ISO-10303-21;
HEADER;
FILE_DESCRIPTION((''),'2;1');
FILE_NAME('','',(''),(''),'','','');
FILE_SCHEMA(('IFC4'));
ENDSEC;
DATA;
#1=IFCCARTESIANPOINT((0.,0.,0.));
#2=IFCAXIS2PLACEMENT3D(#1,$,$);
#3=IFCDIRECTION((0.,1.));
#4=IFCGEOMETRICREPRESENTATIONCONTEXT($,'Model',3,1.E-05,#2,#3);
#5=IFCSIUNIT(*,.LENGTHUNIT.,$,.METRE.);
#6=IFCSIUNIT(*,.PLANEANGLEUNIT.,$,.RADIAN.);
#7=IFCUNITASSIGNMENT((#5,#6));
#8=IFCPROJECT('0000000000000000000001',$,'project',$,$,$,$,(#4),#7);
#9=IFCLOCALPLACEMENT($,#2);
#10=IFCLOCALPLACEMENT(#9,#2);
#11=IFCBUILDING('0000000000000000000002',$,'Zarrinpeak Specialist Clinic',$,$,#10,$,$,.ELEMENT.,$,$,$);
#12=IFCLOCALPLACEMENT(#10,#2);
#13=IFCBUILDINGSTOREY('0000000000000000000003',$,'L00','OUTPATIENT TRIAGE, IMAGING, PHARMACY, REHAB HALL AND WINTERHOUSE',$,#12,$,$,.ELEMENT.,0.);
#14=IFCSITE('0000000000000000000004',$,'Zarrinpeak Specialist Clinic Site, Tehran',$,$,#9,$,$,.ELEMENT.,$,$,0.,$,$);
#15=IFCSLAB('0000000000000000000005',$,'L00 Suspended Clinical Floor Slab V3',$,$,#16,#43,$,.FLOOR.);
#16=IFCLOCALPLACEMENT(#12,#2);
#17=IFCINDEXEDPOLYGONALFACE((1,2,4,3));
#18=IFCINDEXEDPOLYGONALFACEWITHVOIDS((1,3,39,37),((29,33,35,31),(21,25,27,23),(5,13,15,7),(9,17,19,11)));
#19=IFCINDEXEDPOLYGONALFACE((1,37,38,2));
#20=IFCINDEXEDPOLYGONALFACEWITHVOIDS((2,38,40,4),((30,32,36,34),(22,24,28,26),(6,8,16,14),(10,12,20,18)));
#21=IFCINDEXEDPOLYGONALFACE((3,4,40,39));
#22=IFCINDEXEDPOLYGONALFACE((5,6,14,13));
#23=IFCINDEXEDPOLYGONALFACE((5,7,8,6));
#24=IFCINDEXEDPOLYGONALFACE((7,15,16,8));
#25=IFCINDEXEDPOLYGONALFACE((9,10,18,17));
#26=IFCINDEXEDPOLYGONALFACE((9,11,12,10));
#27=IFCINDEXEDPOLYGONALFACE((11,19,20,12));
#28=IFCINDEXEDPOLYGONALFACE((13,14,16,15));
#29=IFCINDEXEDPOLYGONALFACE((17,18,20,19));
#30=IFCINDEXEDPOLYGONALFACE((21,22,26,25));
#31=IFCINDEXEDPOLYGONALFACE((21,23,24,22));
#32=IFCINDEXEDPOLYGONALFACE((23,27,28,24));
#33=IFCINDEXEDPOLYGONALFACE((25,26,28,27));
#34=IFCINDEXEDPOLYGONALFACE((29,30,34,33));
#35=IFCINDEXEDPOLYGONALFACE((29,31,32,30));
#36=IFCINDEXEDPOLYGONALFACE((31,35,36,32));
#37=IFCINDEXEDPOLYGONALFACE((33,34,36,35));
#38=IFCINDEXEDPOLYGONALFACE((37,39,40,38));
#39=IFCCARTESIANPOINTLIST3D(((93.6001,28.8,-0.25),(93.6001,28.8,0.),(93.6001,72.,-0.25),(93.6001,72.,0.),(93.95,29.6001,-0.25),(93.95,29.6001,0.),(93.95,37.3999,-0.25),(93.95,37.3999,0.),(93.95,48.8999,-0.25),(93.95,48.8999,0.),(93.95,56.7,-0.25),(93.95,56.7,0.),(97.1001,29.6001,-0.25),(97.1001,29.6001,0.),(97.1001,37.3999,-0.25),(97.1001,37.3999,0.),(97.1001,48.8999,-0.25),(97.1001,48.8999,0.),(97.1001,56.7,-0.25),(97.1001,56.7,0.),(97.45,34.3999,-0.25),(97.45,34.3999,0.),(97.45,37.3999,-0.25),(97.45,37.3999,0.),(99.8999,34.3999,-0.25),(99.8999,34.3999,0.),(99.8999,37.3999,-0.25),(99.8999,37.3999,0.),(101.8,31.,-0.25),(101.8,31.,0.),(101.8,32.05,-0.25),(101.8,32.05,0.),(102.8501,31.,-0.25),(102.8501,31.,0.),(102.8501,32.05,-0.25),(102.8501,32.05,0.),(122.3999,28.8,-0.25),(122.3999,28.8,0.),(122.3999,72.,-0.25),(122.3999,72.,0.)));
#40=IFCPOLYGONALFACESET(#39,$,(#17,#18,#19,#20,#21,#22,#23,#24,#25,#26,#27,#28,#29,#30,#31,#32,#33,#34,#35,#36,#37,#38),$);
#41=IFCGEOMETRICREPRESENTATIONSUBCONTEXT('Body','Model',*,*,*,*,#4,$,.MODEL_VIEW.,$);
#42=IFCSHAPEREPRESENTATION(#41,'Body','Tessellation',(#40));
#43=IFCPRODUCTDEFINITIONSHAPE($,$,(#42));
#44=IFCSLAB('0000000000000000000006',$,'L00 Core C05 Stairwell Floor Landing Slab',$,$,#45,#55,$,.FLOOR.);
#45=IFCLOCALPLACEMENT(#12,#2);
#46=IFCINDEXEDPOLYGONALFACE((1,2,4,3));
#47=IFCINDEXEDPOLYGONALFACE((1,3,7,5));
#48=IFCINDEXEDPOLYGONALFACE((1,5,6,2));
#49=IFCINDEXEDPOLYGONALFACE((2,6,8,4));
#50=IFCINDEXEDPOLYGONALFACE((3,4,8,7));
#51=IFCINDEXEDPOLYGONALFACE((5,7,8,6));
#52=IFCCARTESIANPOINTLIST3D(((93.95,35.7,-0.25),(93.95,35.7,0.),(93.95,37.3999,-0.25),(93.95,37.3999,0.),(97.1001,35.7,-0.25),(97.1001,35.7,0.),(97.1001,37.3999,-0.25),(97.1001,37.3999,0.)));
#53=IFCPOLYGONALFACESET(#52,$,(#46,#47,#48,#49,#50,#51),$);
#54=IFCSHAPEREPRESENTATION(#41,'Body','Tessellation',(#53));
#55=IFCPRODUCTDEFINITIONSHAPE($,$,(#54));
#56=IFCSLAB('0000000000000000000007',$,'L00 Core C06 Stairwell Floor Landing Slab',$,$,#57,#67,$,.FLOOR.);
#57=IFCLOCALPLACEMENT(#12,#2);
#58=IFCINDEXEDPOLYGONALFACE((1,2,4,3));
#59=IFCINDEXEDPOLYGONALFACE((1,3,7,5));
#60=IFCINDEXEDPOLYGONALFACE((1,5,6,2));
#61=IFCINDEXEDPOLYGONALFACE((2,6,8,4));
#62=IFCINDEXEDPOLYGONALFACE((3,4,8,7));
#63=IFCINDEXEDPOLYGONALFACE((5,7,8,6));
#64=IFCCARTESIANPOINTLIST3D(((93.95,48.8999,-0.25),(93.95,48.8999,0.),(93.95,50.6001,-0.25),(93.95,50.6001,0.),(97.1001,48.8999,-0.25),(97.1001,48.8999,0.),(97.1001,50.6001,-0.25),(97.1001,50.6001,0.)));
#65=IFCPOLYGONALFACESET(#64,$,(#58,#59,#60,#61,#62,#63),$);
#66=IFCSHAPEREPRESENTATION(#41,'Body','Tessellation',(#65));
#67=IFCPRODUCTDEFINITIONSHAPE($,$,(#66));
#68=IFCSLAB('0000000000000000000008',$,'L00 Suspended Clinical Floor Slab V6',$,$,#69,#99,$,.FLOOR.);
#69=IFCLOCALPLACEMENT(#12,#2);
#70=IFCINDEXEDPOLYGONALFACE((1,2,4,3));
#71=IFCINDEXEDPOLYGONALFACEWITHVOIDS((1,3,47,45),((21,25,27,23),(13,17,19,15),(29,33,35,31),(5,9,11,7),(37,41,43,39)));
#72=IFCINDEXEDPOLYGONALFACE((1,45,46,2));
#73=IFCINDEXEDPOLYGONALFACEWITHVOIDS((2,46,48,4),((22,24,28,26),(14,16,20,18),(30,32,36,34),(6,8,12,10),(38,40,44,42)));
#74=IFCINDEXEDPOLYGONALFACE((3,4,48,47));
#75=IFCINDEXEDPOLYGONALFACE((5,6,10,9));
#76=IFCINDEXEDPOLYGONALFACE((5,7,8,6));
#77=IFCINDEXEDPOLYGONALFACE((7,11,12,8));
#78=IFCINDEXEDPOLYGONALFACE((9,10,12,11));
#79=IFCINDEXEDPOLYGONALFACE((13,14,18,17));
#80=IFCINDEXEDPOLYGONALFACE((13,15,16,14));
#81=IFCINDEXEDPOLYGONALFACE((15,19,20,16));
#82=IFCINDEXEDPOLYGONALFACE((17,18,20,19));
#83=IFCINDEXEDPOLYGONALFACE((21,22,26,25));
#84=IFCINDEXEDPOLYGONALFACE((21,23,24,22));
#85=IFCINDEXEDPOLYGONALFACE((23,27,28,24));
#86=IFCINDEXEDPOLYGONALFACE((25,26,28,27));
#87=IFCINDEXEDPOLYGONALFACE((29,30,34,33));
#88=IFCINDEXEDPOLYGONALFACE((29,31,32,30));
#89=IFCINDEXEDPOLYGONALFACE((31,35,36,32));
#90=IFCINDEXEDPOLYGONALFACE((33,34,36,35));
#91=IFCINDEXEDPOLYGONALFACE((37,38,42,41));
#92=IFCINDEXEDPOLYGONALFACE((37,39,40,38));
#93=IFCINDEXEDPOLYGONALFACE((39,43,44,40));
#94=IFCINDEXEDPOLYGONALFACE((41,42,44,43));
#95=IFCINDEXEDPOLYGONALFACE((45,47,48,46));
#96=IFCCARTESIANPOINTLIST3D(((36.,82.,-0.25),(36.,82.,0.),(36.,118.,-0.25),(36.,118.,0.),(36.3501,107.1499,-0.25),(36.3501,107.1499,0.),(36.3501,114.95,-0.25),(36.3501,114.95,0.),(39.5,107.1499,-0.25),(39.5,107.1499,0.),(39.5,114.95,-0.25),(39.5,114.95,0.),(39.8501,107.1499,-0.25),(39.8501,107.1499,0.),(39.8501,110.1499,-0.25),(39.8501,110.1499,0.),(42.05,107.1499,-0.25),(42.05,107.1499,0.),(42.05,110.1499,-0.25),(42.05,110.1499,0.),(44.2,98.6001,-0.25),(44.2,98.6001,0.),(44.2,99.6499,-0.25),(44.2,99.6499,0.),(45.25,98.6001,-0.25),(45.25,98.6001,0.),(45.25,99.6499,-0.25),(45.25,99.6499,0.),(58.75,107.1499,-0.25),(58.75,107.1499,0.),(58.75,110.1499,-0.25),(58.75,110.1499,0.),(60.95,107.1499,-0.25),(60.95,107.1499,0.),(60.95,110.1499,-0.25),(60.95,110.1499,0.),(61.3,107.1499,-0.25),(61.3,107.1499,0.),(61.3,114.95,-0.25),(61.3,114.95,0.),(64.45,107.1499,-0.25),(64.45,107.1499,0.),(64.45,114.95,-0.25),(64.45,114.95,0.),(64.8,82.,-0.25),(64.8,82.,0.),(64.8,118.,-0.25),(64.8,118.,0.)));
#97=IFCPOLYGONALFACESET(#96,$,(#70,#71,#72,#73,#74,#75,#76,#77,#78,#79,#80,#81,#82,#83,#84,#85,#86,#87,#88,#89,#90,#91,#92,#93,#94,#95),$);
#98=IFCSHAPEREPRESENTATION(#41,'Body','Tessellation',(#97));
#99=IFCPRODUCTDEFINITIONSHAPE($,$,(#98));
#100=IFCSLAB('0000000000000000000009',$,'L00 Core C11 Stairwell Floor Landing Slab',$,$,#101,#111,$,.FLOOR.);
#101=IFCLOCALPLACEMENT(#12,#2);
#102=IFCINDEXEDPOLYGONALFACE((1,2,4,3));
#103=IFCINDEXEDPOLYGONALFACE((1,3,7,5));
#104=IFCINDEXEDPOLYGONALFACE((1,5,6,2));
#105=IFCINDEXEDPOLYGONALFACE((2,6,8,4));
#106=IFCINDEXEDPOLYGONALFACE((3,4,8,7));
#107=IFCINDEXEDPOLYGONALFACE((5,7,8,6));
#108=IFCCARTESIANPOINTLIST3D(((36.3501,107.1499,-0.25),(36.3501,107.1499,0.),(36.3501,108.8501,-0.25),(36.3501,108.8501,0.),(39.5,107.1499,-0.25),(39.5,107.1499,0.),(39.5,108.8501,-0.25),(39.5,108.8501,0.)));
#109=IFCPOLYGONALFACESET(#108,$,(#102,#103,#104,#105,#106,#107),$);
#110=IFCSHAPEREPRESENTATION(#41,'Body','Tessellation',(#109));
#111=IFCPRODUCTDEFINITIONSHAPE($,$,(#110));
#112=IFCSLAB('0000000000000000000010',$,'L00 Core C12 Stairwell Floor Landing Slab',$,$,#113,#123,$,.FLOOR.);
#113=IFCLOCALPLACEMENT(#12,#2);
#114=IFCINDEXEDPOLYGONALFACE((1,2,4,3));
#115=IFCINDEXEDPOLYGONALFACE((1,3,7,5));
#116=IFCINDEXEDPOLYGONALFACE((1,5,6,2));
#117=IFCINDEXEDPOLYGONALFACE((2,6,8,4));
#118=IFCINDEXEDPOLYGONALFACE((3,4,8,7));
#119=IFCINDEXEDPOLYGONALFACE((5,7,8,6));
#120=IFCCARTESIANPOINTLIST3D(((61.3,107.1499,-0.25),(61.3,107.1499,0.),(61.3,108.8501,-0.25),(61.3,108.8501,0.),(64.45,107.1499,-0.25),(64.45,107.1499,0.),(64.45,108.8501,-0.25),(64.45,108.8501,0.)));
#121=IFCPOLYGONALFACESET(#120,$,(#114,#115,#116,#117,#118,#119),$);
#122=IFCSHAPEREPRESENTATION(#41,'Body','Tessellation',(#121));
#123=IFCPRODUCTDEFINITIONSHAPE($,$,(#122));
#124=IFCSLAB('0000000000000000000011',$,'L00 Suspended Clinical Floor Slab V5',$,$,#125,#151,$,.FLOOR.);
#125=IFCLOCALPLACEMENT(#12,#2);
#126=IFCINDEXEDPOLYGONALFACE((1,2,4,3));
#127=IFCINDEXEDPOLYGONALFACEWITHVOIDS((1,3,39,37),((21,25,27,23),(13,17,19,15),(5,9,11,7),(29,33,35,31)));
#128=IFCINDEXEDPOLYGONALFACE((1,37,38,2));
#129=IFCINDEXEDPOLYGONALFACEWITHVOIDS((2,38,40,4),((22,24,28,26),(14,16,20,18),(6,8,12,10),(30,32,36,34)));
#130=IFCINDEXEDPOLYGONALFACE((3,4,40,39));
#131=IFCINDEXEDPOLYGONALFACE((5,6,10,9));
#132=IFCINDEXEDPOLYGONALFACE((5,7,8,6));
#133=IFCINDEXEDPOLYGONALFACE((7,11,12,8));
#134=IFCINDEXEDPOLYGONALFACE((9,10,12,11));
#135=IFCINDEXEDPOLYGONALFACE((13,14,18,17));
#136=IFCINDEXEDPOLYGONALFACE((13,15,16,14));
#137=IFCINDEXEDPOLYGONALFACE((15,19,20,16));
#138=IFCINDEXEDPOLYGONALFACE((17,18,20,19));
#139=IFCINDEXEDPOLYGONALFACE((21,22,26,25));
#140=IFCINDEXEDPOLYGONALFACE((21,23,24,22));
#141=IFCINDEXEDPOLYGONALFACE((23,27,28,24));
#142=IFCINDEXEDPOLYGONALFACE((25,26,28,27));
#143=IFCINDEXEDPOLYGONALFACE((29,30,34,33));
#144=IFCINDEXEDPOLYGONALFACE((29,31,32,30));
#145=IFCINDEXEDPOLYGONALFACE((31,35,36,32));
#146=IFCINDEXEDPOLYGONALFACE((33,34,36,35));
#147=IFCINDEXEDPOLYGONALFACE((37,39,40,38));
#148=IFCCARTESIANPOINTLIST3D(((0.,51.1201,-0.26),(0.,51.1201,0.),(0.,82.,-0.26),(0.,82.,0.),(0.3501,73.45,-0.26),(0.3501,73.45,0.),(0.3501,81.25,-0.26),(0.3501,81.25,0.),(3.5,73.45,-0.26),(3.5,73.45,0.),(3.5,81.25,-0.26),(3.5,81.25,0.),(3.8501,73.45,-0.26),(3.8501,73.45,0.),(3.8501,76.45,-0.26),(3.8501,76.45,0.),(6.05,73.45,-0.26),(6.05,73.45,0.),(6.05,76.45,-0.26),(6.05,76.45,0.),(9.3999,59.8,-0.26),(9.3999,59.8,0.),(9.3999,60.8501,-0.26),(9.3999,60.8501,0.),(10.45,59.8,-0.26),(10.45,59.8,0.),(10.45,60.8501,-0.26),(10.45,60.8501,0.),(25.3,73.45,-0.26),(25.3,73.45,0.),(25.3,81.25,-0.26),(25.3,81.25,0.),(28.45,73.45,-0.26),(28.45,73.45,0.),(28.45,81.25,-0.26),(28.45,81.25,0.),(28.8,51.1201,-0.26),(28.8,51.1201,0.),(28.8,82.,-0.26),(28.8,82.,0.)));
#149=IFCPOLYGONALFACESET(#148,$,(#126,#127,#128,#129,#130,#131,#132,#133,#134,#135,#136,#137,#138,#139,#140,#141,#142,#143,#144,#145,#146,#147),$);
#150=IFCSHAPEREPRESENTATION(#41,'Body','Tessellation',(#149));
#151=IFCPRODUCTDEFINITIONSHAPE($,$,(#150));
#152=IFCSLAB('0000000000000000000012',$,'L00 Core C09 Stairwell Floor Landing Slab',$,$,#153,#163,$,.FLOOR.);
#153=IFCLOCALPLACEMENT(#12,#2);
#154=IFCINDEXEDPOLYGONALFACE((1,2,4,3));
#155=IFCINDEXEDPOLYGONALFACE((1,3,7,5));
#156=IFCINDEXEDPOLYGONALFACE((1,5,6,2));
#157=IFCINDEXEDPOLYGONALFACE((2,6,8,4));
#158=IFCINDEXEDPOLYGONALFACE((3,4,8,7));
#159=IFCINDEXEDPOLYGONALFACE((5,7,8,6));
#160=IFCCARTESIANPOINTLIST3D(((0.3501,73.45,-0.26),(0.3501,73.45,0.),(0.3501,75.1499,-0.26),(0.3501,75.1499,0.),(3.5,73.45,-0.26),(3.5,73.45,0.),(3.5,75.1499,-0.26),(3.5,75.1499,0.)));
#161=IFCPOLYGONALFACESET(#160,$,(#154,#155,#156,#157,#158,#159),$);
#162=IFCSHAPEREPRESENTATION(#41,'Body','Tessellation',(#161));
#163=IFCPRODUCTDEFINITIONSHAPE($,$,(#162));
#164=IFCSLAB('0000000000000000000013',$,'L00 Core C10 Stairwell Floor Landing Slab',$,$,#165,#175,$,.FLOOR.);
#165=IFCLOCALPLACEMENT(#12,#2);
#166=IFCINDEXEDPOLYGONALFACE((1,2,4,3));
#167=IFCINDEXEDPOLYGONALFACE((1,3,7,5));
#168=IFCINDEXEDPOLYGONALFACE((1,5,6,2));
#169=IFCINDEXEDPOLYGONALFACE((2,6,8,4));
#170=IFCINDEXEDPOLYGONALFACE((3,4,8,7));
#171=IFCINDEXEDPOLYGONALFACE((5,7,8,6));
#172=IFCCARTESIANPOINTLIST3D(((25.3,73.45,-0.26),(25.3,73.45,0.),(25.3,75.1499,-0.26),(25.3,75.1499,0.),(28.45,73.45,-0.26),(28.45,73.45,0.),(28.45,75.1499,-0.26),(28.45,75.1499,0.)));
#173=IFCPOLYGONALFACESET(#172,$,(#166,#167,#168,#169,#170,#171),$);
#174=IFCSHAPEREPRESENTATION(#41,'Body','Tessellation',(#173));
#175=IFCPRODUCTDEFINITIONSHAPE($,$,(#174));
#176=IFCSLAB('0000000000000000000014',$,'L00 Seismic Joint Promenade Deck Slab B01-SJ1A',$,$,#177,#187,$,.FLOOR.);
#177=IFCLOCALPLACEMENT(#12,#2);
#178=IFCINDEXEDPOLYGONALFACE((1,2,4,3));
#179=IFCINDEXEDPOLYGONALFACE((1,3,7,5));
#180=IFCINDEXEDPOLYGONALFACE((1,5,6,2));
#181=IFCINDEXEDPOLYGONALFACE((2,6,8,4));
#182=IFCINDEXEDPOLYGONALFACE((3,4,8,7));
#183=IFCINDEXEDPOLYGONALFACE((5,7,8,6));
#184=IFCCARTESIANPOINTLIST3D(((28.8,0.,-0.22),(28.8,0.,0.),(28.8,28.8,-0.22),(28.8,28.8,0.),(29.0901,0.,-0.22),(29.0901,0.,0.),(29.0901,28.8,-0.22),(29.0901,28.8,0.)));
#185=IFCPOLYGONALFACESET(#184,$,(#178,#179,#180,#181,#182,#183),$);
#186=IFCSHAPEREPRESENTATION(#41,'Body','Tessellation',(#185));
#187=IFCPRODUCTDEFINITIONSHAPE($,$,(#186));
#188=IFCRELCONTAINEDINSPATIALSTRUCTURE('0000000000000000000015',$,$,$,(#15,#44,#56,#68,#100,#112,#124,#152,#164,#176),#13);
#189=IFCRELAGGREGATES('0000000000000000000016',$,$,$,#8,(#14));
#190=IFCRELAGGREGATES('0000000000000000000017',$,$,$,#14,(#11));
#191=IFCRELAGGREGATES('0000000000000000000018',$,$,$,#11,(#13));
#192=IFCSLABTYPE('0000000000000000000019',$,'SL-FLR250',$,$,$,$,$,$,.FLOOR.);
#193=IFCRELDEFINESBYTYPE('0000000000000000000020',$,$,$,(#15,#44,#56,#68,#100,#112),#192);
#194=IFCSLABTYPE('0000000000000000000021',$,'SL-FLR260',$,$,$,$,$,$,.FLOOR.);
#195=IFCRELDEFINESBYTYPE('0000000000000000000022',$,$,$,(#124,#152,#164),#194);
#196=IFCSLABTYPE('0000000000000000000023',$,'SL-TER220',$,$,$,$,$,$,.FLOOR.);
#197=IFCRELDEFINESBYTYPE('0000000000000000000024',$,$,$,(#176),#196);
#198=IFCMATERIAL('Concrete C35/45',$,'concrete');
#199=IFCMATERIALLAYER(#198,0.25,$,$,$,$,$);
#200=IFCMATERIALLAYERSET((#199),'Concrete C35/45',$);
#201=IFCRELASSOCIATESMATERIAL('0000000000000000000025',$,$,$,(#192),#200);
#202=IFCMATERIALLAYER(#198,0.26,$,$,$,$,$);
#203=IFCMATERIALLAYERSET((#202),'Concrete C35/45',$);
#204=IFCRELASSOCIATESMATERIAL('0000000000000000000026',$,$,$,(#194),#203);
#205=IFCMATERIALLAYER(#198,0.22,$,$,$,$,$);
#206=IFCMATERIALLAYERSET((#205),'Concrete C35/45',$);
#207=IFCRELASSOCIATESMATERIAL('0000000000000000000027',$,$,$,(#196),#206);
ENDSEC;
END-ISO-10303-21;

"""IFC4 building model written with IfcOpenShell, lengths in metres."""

from ifc_helpers import new_model, si_unit, direction, frame, origin, place, context, subcontext, project, spatial, polyline, outline, extrude, material, layer, layer_set, type_object, element, save


model = new_model("IFC4")

# Units and contexts
model_context = context("Model", 3, precision=1e-05, world=origin(), true_north=direction((0.0, 1.0)))
body_context = subcontext(model_context, "Body", "Model", "MODEL_VIEW")
ifc_project = project(units=[si_unit("LENGTHUNIT", "METRE"), si_unit("PLANEANGLEUNIT", "RADIAN")], contexts=[model_context])

# Site, building, storey
site_placement = place(None, origin())
site = spatial("IfcSite", under=ifc_project, at=site_placement, Name="Zarrinpeak Specialist Clinic Site, Tehran", CompositionType="ELEMENT", RefElevation=0.0)
building_placement = place(site_placement, origin())
building = spatial("IfcBuilding", under=site, at=building_placement, Name="Zarrinpeak Specialist Clinic", CompositionType="ELEMENT")
storey_placement = place(building_placement, origin())
storey = spatial("IfcBuildingStorey", under=building, at=storey_placement, Name="L00", Description="OUTPATIENT TRIAGE, IMAGING, PHARMACY, REHAB HALL AND WINTERHOUSE", CompositionType="ELEMENT", Elevation=0.0)

# Slabs
ifc_material = material(Name="Concrete C35/45", Category="concrete")
ifc_layer_1 = layer(ifc_material, 0.25)
ifc_layer_set_1 = layer_set([ifc_layer_1], Name="Concrete C35/45")
slab_type_1 = type_object("IfcSlabType", Name="SL-FLR250", PredefinedType="FLOOR", material=ifc_layer_set_1)
slab_1_placement = place(storey_placement, frame((0.0, 0.0, -0.25)))
element("IfcSlab", 1, at=slab_1_placement, inside=storey, type_object=slab_type_1, Name="L00 Suspended Clinical Floor Slab V3", PredefinedType="FLOOR", context=body_context, shape_type="SweptSolid", body=[
    extrude(outline(polyline([(93.6001, 28.8), (122.3999, 28.8), (122.3999, 72.0), (93.6001, 72.0), (93.6001, 28.8)]), holes=[polyline([(93.95, 29.6001), (97.1001, 29.6001), (97.1001, 37.3999), (93.95, 37.3999), (93.95, 29.6001)]), polyline([(97.45, 34.3999), (99.8999, 34.3999), (99.8999, 37.3999), (97.45, 37.3999), (97.45, 34.3999)]), polyline([(93.95, 48.8999), (97.1001, 48.8999), (97.1001, 56.7), (93.95, 56.7), (93.95, 48.8999)]), polyline([(101.8, 31.0), (102.8501, 31.0), (102.8501, 32.05), (101.8, 32.05), (101.8, 31.0)])]), origin(), (0.0, 0.0, 1.0), 0.25),
])
slab_2_placement = place(storey_placement, frame((0.0, 0.0, -0.25)))
element("IfcSlab", 2, at=slab_2_placement, inside=storey, type_object=slab_type_1, Name="L00 Core C05 Stairwell Floor Landing Slab", PredefinedType="FLOOR", context=body_context, shape_type="SweptSolid", body=[
    extrude(outline(polyline([(93.95, 35.7), (97.1001, 35.7), (97.1001, 37.3999), (93.95, 37.3999), (93.95, 35.7)])), origin(), (0.0, 0.0, 1.0), 0.25),
])
slab_3_placement = place(storey_placement, frame((0.0, 0.0, -0.25)))
element("IfcSlab", 3, at=slab_3_placement, inside=storey, type_object=slab_type_1, Name="L00 Core C06 Stairwell Floor Landing Slab", PredefinedType="FLOOR", context=body_context, shape_type="SweptSolid", body=[
    extrude(outline(polyline([(93.95, 48.8999), (97.1001, 48.8999), (97.1001, 50.6001), (93.95, 50.6001), (93.95, 48.8999)])), origin(), (0.0, 0.0, 1.0), 0.25),
])
slab_4_placement = place(storey_placement, frame((0.0, 0.0, -0.25)))
element("IfcSlab", 4, at=slab_4_placement, inside=storey, type_object=slab_type_1, Name="L00 Suspended Clinical Floor Slab V6", PredefinedType="FLOOR", context=body_context, shape_type="SweptSolid", body=[
    extrude(outline(polyline([(36.0, 82.0), (64.8, 82.0), (64.8, 118.0), (36.0, 118.0), (36.0, 82.0)]), holes=[polyline([(36.3501, 107.1499), (39.5, 107.1499), (39.5, 114.95), (36.3501, 114.95), (36.3501, 107.1499)]), polyline([(39.8501, 107.1499), (42.05, 107.1499), (42.05, 110.1499), (39.8501, 110.1499), (39.8501, 107.1499)]), polyline([(61.3, 107.1499), (64.45, 107.1499), (64.45, 114.95), (61.3, 114.95), (61.3, 107.1499)]), polyline([(58.75, 107.1499), (60.95, 107.1499), (60.95, 110.1499), (58.75, 110.1499), (58.75, 107.1499)]), polyline([(44.2, 98.6001), (45.25, 98.6001), (45.25, 99.6499), (44.2, 99.6499), (44.2, 98.6001)])]), origin(), (0.0, 0.0, 1.0), 0.25),
])
slab_5_placement = place(storey_placement, frame((0.0, 0.0, -0.25)))
element("IfcSlab", 5, at=slab_5_placement, inside=storey, type_object=slab_type_1, Name="L00 Core C11 Stairwell Floor Landing Slab", PredefinedType="FLOOR", context=body_context, shape_type="SweptSolid", body=[
    extrude(outline(polyline([(36.3501, 107.1499), (39.5, 107.1499), (39.5, 108.8501), (36.3501, 108.8501), (36.3501, 107.1499)])), origin(), (0.0, 0.0, 1.0), 0.25),
])
slab_6_placement = place(storey_placement, frame((0.0, 0.0, -0.25)))
element("IfcSlab", 6, at=slab_6_placement, inside=storey, type_object=slab_type_1, Name="L00 Core C12 Stairwell Floor Landing Slab", PredefinedType="FLOOR", context=body_context, shape_type="SweptSolid", body=[
    extrude(outline(polyline([(61.3, 107.1499), (64.45, 107.1499), (64.45, 108.8501), (61.3, 108.8501), (61.3, 107.1499)])), origin(), (0.0, 0.0, 1.0), 0.25),
])
ifc_layer_2 = layer(ifc_material, 0.26)
ifc_layer_set_2 = layer_set([ifc_layer_2], Name="Concrete C35/45")
slab_type_2 = type_object("IfcSlabType", Name="SL-FLR260", PredefinedType="FLOOR", material=ifc_layer_set_2)
slab_7_placement = place(storey_placement, frame((0.0, 0.0, -0.26)))
element("IfcSlab", 7, at=slab_7_placement, inside=storey, type_object=slab_type_2, Name="L00 Suspended Clinical Floor Slab V5", PredefinedType="FLOOR", context=body_context, shape_type="SweptSolid", body=[
    extrude(outline(polyline([(0.0, 51.1201), (28.8, 51.1201), (28.8, 82.0), (0.0, 82.0), (0.0, 51.1201)]), holes=[polyline([(0.3501, 73.45), (3.5, 73.45), (3.5, 81.25), (0.3501, 81.25), (0.3501, 73.45)]), polyline([(3.8501, 73.45), (6.05, 73.45), (6.05, 76.45), (3.8501, 76.45), (3.8501, 73.45)]), polyline([(25.3, 73.45), (28.45, 73.45), (28.45, 81.25), (25.3, 81.25), (25.3, 73.45)]), polyline([(9.3999, 59.8), (10.45, 59.8), (10.45, 60.8501), (9.3999, 60.8501), (9.3999, 59.8)])]), origin(), (0.0, 0.0, 1.0), 0.26),
])
slab_8_placement = place(storey_placement, frame((0.0, 0.0, -0.26)))
element("IfcSlab", 8, at=slab_8_placement, inside=storey, type_object=slab_type_2, Name="L00 Core C09 Stairwell Floor Landing Slab", PredefinedType="FLOOR", context=body_context, shape_type="SweptSolid", body=[
    extrude(outline(polyline([(0.3501, 73.45), (3.5, 73.45), (3.5, 75.1499), (0.3501, 75.1499), (0.3501, 73.45)])), origin(), (0.0, 0.0, 1.0), 0.26),
])
slab_9_placement = place(storey_placement, frame((0.0, 0.0, -0.26)))
element("IfcSlab", 9, at=slab_9_placement, inside=storey, type_object=slab_type_2, Name="L00 Core C10 Stairwell Floor Landing Slab", PredefinedType="FLOOR", context=body_context, shape_type="SweptSolid", body=[
    extrude(outline(polyline([(25.3, 73.45), (28.45, 73.45), (28.45, 75.1499), (25.3, 75.1499), (25.3, 73.45)])), origin(), (0.0, 0.0, 1.0), 0.26),
])
ifc_layer_3 = layer(ifc_material, 0.22)
ifc_layer_set_3 = layer_set([ifc_layer_3], Name="Concrete C35/45")
slab_type_3 = type_object("IfcSlabType", Name="SL-TER220", PredefinedType="FLOOR", material=ifc_layer_set_3)
slab_10_placement = place(storey_placement, frame((0.0, 0.0, -0.22)))
element("IfcSlab", 10, at=slab_10_placement, inside=storey, type_object=slab_type_3, Name="L00 Seismic Joint Promenade Deck Slab B01-SJ1A", PredefinedType="FLOOR", context=body_context, shape_type="SweptSolid", body=[
    extrude(outline(polyline([(28.8, 0.0), (29.0901, 0.0), (29.0901, 28.8), (28.8, 28.8), (28.8, 0.0)])), origin(), (0.0, 0.0, 1.0), 0.22),
])

save(model, "model.ifc")
